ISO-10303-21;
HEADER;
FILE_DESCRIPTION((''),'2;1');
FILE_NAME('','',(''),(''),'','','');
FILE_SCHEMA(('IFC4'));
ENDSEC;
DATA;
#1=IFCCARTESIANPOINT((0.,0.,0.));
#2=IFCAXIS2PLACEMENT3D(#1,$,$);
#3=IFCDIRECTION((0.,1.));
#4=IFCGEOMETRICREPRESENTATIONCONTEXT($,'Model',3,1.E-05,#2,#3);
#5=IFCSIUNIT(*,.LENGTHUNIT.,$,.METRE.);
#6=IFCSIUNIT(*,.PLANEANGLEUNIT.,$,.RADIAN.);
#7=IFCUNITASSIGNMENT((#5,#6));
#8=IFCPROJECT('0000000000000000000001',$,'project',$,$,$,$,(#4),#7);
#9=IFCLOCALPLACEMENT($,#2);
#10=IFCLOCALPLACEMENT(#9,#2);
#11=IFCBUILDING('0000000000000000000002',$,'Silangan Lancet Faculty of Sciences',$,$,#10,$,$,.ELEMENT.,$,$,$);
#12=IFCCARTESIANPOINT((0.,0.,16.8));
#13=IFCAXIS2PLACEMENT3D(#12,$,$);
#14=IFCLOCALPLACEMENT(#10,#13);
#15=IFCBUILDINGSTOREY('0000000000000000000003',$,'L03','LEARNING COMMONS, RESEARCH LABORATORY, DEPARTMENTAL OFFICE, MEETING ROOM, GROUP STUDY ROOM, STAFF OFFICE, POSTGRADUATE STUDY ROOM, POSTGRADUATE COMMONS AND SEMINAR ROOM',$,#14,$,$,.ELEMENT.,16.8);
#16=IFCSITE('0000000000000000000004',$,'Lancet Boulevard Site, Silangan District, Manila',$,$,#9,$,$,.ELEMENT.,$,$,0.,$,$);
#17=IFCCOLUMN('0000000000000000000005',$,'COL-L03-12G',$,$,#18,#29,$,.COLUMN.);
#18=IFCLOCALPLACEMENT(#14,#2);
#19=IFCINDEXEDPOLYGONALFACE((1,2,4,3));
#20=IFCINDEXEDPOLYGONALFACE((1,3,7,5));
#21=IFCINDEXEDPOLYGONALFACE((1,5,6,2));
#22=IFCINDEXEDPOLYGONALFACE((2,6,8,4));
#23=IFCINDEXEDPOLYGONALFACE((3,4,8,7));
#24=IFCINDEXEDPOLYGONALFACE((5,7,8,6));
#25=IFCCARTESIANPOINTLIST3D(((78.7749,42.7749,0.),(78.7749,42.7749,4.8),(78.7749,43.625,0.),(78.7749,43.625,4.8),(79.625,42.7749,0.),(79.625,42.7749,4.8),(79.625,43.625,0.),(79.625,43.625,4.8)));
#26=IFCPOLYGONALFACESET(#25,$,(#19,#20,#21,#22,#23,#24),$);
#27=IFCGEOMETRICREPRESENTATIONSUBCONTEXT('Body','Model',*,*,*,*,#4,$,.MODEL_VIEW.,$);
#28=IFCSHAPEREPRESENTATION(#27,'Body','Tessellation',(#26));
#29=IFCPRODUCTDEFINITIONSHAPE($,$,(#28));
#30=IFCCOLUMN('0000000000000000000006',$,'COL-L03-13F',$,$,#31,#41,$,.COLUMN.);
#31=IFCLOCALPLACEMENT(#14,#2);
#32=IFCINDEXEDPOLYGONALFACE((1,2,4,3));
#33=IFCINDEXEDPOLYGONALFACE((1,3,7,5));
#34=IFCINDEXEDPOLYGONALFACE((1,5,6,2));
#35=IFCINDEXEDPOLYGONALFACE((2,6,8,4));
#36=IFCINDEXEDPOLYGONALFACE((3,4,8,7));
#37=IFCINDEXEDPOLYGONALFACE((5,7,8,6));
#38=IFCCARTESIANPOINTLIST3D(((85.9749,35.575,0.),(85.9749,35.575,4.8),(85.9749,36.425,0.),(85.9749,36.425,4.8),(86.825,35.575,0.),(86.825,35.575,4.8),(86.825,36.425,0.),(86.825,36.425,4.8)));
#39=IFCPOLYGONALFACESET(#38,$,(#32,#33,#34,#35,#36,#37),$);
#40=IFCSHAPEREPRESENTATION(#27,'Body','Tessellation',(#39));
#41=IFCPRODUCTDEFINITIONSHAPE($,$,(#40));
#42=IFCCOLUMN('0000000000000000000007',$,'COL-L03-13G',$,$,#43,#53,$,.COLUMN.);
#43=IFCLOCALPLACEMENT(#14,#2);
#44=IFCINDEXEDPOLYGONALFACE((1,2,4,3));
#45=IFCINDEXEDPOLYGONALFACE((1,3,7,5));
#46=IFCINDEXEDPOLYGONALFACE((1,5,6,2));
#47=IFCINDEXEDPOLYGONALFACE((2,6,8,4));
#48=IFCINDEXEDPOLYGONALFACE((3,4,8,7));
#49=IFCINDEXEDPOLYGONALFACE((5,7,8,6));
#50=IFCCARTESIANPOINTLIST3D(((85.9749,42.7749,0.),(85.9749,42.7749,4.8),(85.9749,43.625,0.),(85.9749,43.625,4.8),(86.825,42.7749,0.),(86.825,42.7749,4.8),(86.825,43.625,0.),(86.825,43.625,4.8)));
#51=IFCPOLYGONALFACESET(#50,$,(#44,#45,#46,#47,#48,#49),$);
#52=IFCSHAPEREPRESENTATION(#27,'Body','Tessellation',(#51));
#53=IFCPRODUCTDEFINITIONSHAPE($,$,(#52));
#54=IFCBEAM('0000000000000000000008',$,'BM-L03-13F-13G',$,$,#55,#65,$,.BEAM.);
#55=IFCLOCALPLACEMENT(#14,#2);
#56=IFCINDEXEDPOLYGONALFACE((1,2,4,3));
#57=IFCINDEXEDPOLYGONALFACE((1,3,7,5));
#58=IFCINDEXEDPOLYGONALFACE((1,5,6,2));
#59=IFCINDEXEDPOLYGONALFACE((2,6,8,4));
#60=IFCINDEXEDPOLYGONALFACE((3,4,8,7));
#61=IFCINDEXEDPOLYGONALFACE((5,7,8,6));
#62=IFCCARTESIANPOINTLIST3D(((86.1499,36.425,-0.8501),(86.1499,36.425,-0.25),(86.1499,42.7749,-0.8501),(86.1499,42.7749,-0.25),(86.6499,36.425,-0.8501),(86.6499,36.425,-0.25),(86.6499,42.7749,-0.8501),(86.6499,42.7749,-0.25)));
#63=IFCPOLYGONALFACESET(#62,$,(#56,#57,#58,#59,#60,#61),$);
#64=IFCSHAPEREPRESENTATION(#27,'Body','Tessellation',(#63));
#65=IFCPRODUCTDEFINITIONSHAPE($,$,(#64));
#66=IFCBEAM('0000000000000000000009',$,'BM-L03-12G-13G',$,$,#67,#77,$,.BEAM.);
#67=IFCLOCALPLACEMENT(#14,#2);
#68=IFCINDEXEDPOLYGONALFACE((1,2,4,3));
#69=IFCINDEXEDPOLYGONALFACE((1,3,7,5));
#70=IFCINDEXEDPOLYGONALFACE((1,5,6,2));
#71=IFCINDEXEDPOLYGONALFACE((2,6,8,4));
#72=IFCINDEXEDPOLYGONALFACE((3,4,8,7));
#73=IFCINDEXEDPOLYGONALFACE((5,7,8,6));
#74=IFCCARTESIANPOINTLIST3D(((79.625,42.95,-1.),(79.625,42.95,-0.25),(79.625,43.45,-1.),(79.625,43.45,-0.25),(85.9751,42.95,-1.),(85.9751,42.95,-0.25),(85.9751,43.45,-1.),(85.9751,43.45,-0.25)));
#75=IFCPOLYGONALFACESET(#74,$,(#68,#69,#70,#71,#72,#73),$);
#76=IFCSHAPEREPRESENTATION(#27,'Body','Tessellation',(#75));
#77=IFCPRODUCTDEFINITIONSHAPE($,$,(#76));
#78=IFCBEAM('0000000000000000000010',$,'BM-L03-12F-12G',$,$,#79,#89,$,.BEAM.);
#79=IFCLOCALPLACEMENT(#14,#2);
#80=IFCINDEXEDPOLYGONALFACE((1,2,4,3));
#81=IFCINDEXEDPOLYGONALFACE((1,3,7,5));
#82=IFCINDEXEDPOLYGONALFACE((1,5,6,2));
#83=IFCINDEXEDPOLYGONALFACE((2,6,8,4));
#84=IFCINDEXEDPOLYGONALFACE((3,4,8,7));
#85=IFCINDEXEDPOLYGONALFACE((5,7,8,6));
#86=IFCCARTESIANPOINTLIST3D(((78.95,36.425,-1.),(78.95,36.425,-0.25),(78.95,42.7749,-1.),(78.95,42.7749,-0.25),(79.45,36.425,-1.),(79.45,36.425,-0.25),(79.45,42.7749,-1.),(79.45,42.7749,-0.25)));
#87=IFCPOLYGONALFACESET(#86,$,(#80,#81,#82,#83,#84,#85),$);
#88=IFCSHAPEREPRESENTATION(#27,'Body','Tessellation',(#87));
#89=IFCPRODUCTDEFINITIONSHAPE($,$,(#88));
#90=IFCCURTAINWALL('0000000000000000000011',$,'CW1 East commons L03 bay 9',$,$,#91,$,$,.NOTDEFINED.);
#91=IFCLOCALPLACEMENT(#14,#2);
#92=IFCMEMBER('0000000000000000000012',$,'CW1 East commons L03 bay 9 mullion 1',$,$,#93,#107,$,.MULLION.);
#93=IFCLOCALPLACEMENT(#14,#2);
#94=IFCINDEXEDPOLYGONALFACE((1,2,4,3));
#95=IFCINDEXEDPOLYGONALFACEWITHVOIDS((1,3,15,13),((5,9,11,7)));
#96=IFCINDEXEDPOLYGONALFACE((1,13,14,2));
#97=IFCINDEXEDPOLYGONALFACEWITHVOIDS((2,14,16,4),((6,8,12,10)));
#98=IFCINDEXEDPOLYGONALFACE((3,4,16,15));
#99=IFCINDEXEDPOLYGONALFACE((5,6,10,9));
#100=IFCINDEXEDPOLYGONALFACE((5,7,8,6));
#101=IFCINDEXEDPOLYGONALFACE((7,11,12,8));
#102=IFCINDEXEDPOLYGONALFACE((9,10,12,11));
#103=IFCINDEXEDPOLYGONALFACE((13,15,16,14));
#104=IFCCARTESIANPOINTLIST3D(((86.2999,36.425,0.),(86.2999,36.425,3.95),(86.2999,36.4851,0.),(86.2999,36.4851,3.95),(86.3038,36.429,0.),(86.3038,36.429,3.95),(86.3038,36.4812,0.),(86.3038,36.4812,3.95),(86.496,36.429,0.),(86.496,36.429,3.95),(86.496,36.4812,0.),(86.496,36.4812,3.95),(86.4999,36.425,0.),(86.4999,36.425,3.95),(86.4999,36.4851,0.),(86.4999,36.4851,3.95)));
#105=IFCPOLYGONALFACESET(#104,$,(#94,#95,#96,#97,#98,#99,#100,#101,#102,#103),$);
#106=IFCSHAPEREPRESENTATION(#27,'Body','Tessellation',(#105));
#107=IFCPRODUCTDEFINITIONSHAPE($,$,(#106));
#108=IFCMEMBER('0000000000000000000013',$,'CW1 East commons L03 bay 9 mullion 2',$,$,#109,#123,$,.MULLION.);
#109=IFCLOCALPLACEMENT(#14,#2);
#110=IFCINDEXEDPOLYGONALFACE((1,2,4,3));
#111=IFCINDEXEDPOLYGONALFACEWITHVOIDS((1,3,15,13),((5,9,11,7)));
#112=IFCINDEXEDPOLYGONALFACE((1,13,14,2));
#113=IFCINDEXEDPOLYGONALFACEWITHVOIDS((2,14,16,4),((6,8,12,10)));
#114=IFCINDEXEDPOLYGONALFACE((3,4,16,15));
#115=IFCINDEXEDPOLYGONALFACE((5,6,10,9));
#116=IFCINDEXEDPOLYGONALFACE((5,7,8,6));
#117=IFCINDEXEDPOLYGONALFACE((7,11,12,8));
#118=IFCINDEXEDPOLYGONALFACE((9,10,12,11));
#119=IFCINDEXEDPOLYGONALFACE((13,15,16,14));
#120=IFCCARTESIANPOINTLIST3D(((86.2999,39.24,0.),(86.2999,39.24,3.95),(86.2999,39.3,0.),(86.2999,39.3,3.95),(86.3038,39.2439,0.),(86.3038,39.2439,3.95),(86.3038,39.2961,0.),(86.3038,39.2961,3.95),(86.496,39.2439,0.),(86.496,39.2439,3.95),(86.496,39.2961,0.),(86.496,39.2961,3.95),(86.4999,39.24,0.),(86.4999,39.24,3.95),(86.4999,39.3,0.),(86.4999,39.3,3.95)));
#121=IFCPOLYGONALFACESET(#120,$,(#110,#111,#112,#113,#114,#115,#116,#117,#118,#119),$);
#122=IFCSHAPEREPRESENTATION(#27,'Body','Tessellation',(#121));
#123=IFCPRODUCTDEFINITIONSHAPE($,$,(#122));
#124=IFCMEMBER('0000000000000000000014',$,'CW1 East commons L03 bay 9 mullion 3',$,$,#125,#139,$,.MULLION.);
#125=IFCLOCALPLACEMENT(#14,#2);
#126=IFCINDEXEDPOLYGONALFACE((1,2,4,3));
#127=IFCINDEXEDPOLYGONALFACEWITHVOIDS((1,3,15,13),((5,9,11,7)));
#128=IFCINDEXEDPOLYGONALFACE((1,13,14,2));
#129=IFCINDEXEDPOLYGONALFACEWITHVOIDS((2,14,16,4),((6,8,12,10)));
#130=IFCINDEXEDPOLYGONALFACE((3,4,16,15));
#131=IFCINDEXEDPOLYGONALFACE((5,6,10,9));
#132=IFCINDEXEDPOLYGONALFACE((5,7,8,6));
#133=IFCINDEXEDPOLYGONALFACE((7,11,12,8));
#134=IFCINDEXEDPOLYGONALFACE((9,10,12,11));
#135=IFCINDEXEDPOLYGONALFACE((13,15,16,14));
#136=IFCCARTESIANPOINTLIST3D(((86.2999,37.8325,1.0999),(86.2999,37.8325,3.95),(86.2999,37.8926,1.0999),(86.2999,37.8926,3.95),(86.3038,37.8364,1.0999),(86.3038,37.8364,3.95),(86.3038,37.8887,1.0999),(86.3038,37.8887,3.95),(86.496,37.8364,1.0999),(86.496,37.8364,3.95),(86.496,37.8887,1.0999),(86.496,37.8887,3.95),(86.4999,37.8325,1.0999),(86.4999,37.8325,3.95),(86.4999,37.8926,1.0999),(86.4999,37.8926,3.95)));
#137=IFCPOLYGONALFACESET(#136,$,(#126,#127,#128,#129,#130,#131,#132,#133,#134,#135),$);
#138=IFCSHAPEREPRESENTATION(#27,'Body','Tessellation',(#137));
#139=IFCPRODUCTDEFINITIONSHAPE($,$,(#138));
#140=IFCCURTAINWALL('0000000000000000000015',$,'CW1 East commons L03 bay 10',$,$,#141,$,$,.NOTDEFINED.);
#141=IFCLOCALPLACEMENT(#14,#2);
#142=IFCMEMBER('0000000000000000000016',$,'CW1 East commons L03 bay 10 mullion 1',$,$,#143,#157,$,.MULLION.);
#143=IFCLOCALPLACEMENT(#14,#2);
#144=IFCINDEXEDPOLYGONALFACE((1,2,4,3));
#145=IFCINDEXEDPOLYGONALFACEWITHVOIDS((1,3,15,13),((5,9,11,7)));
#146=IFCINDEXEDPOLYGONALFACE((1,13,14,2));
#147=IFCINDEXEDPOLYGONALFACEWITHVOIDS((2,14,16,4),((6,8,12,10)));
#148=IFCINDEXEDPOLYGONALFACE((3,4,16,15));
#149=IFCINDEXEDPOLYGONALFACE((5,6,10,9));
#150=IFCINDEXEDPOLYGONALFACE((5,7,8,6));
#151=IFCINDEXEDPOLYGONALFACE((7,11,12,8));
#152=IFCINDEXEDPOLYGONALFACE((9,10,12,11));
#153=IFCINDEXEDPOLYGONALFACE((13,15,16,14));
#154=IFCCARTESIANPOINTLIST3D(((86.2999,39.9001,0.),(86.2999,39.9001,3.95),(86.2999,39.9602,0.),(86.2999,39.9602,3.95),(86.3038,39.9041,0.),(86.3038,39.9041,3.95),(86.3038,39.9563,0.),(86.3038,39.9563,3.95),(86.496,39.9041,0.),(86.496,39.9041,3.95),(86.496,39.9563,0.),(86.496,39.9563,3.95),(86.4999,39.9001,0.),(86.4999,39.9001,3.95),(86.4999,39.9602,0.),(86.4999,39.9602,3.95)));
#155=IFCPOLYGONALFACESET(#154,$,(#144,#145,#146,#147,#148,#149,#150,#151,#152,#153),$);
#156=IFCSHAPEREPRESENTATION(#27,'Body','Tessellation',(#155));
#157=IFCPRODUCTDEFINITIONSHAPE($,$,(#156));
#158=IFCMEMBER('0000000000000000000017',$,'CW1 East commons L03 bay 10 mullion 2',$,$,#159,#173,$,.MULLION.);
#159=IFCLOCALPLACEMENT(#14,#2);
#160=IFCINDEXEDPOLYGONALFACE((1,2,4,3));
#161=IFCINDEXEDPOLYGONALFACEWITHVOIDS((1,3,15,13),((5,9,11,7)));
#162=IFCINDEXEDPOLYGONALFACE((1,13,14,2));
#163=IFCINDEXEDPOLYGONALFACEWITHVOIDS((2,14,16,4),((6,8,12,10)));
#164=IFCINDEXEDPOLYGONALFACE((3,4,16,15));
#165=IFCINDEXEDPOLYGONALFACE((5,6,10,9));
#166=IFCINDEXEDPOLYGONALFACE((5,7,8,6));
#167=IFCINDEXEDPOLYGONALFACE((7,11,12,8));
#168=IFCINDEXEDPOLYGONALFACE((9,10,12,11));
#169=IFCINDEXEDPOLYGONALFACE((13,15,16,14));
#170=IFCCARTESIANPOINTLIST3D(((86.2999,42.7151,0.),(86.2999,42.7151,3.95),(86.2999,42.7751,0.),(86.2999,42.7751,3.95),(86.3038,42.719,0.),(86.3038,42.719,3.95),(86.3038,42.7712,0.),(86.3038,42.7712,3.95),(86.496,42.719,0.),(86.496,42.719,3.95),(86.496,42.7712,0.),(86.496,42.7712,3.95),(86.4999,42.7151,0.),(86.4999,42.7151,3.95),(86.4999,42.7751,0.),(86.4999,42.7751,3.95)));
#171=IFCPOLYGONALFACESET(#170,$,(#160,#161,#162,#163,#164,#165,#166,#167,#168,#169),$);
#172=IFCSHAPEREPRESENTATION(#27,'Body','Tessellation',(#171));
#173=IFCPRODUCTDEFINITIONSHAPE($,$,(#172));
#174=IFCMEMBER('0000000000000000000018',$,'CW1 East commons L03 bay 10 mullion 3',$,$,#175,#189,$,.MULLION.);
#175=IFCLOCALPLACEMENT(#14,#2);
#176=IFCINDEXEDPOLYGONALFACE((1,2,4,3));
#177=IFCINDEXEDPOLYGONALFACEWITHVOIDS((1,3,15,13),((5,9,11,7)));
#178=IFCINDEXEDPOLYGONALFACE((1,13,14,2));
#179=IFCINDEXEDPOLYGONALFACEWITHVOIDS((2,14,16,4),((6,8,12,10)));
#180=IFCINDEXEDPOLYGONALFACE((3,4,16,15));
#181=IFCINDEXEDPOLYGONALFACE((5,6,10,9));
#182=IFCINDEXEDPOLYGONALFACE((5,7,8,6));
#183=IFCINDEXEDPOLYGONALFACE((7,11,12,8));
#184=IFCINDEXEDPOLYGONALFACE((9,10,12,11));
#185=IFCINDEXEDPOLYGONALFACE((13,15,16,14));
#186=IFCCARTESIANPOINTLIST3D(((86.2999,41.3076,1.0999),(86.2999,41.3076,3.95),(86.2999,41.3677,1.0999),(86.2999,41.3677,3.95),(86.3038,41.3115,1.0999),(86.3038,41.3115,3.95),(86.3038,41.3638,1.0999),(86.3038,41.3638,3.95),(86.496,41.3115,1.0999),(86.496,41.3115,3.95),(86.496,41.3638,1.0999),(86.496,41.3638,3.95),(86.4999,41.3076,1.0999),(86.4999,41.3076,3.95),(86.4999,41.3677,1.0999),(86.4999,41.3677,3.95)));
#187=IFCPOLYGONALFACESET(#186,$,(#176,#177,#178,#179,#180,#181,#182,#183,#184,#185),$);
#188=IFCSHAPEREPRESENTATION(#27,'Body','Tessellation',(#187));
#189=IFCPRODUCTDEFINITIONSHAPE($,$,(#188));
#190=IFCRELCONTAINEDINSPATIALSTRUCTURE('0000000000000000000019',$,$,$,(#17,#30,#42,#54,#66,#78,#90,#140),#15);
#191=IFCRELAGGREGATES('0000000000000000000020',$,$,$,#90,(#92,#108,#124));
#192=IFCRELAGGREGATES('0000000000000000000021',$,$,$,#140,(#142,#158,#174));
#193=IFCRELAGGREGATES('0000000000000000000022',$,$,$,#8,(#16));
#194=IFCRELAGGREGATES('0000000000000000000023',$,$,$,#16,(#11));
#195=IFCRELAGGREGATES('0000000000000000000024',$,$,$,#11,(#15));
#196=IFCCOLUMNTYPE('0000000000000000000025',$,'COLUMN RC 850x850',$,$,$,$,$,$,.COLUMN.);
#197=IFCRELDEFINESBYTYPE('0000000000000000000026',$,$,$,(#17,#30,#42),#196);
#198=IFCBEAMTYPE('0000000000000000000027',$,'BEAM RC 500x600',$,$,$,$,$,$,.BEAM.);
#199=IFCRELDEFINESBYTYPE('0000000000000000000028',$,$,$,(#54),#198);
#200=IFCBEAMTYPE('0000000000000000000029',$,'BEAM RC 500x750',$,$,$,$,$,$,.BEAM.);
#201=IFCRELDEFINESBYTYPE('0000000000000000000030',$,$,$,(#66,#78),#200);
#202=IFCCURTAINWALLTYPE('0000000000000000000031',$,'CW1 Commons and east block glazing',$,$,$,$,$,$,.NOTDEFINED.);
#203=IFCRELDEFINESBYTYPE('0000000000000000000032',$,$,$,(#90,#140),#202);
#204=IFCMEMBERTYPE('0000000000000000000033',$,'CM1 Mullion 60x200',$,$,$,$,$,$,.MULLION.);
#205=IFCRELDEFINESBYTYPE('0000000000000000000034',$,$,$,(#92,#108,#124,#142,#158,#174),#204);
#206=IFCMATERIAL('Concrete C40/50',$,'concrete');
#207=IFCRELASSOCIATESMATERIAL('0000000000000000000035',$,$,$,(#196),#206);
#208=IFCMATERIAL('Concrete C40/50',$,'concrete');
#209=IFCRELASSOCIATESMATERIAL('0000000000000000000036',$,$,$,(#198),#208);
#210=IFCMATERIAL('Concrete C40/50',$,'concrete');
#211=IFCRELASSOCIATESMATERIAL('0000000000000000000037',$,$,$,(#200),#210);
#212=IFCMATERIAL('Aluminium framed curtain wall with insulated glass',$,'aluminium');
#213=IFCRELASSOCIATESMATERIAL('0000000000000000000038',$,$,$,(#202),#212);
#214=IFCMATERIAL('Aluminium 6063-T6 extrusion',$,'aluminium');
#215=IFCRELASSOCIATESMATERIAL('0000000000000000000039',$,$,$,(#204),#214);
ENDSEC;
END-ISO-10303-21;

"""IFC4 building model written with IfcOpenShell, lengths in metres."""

from ifc_helpers import new_model, si_unit, direction, frame, origin, origin_2d, place, context, subcontext, project, spatial, rectangle, hollow_rectangle, extrude, material, material_profile, profile_set, type_object, element, aggregate, save


model = new_model("IFC4")

# Units and contexts
model_context = context("Model", 3, precision=1e-05, world=origin(), true_north=direction((0.0, 1.0)))
body_context = subcontext(model_context, "Body", "Model", "MODEL_VIEW")
ifc_project = project(units=[si_unit("LENGTHUNIT", "METRE"), si_unit("PLANEANGLEUNIT", "RADIAN")], contexts=[model_context])

# Site, building, storey
site_placement = place(None, origin())
site = spatial("IfcSite", under=ifc_project, at=site_placement, Name="Lancet Boulevard Site, Silangan District, Manila", CompositionType="ELEMENT", RefElevation=0.0)
building_placement = place(site_placement, origin())
building = spatial("IfcBuilding", under=site, at=building_placement, Name="Silangan Lancet Faculty of Sciences", CompositionType="ELEMENT")
storey_placement = place(building_placement, frame((0.0, 0.0, 16.8)))
storey = spatial("IfcBuildingStorey", under=building, at=storey_placement, Name="L03", Description="LEARNING COMMONS, RESEARCH LABORATORY, DEPARTMENTAL OFFICE, MEETING ROOM, GROUP STUDY ROOM, STAFF OFFICE, POSTGRADUATE STUDY ROOM, POSTGRADUATE COMMONS AND SEMINAR ROOM", CompositionType="ELEMENT", Elevation=16.8)

# Columns
ifc_material_1 = material(Name="Concrete C40/50", Category="concrete")
ifc_material_profile_1 = material_profile(ifc_material_1, rectangle(XDim=0.8501, YDim=0.8501, at=origin_2d()), Name="RC 850x850")
ifc_profile_set_1 = profile_set([ifc_material_profile_1], Name="Concrete C40/50")
column_type = type_object("IfcColumnType", Name="COLUMN RC 850x850", PredefinedType="COLUMN", material=ifc_profile_set_1)
for number, where, z_axis, x_axis, name in (
    (1, (79.2, 43.2, 0.0), (0.0, 0.0, 1.0), (1.0, 0.0, 0.0), "COL-L03-12G"),
    (2, (86.3999, 36.0, 0.0), (0.0, 0.0, 1.0), (1.0, 0.0, 0.0), "COL-L03-13F"),
    (3, (86.3999, 43.2, 0.0), (0.0, 0.0, 1.0), (1.0, 0.0, 0.0), "COL-L03-13G"),
):
    element("IfcColumn", number, at=place(storey_placement, frame(where, z_axis=z_axis, x_axis=x_axis)), inside=storey, type_object=column_type, Name=name, PredefinedType="COLUMN", context=body_context, shape_type="SweptSolid", body=[
        extrude(rectangle(XDim=0.8501, YDim=0.8501, at=origin_2d()), origin(), (0.0, 0.0, 1.0), 4.8),
    ])

# Beams
ifc_material_2 = material(Name="Concrete C40/50", Category="concrete")
ifc_material_profile_2 = material_profile(ifc_material_2, rectangle(XDim=0.5, YDim=0.6001, at=origin_2d()), Name="RC 500x600")
ifc_profile_set_2 = profile_set([ifc_material_profile_2], Name="Concrete C40/50")
beam_type_1 = type_object("IfcBeamType", Name="BEAM RC 500x600", PredefinedType="BEAM", material=ifc_profile_set_2)
beam_1_placement = place(storey_placement, frame((86.3999, 36.425, -0.55), z_axis=(0.0, 1.0, 0.0), x_axis=(-1.0, 0.0, 0.0)))
element("IfcBeam", 4, at=beam_1_placement, inside=storey, type_object=beam_type_1, Name="BM-L03-13F-13G", PredefinedType="BEAM", context=body_context, shape_type="SweptSolid", body=[
    extrude(rectangle(XDim=0.5, YDim=0.6001, at=origin_2d()), origin(), (0.0, 0.0, 1.0), 6.3499),
])
ifc_material_3 = material(Name="Concrete C40/50", Category="concrete")
ifc_material_profile_3 = material_profile(ifc_material_3, rectangle(XDim=0.5, YDim=0.75, at=origin_2d()), Name="RC 500x750")
ifc_profile_set_3 = profile_set([ifc_material_profile_3], Name="Concrete C40/50")
beam_type_2 = type_object("IfcBeamType", Name="BEAM RC 500x750", PredefinedType="BEAM", material=ifc_profile_set_3)
beam_2_placement = place(storey_placement, frame((79.625, 43.2, -0.625), z_axis=(1.0, 0.0, 0.0), x_axis=(0.0, 1.0, 0.0)))
element("IfcBeam", 5, at=beam_2_placement, inside=storey, type_object=beam_type_2, Name="BM-L03-12G-13G", PredefinedType="BEAM", context=body_context, shape_type="SweptSolid", body=[
    extrude(rectangle(XDim=0.5, YDim=0.75, at=origin_2d()), origin(), (0.0, 0.0, 1.0), 6.3501),
])
beam_3_placement = place(storey_placement, frame((79.2, 36.425, -0.625), z_axis=(0.0, 1.0, 0.0), x_axis=(-1.0, 0.0, 0.0)))
element("IfcBeam", 6, at=beam_3_placement, inside=storey, type_object=beam_type_2, Name="BM-L03-12F-12G", PredefinedType="BEAM", context=body_context, shape_type="SweptSolid", body=[
    extrude(rectangle(XDim=0.5, YDim=0.75, at=origin_2d()), origin(), (0.0, 0.0, 1.0), 6.3499),
])

# Curtain walls, members
ifc_material_4 = material(Name="Aluminium framed curtain wall with insulated glass", Category="aluminium")
curtain_wall_type = type_object("IfcCurtainWallType", Name="CW1 Commons and east block glazing", PredefinedType="NOTDEFINED", material=ifc_material_4)
curtain_wall_1_placement = place(storey_placement, origin())
curtain_wall_1 = element("IfcCurtainWall", 7, at=curtain_wall_1_placement, inside=storey, type_object=curtain_wall_type, Name="CW1 East commons L03 bay 9", PredefinedType="NOTDEFINED")
ifc_material_5 = material(Name="Aluminium 6063-T6 extrusion", Category="aluminium")
ifc_material_profile_4 = material_profile(ifc_material_5, hollow_rectangle(XDim=0.0601, YDim=0.2, WallThickness=0.0039, at=origin_2d()), Name="AL BOX 60x200x4")
ifc_profile_set_4 = profile_set([ifc_material_profile_4], Name="Aluminium 6063-T6 extrusion")
member_type_1 = type_object("IfcMemberType", Name="CM1 Mullion 60x200", PredefinedType="MULLION", material=ifc_profile_set_4)
member_1_placement = place(storey_placement, frame((86.3999, 36.4551, 0.0), z_axis=(0.0, 0.0, 1.0), x_axis=(0.0, 1.0, 0.0)))
member_1 = element("IfcMember", 8, at=member_1_placement, type_object=member_type_1, Name="CW1 East commons L03 bay 9 mullion 1", PredefinedType="MULLION", context=body_context, shape_type="SweptSolid", body=[
    extrude(hollow_rectangle(XDim=0.0601, YDim=0.2, WallThickness=0.0039, at=origin_2d()), origin(), (0.0, 0.0, 1.0), 3.95),
])
member_2_placement = place(storey_placement, frame((86.3999, 39.27, 0.0), z_axis=(0.0, 0.0, 1.0), x_axis=(0.0, 1.0, 0.0)))
member_2 = element("IfcMember", 9, at=member_2_placement, type_object=member_type_1, Name="CW1 East commons L03 bay 9 mullion 2", PredefinedType="MULLION", context=body_context, shape_type="SweptSolid", body=[
    extrude(hollow_rectangle(XDim=0.0601, YDim=0.2, WallThickness=0.0039, at=origin_2d()), origin(), (0.0, 0.0, 1.0), 3.95),
])
member_3_placement = place(storey_placement, frame((86.3999, 37.8625, 1.0999), z_axis=(0.0, 0.0, 1.0), x_axis=(0.0, 1.0, 0.0)))
member_3 = element("IfcMember", 10, at=member_3_placement, type_object=member_type_1, Name="CW1 East commons L03 bay 9 mullion 3", PredefinedType="MULLION", context=body_context, shape_type="SweptSolid", body=[
    extrude(hollow_rectangle(XDim=0.0601, YDim=0.2, WallThickness=0.0039, at=origin_2d()), origin(), (0.0, 0.0, 1.0), 2.8501),
])
curtain_wall_2_placement = place(storey_placement, origin())
curtain_wall_2 = element("IfcCurtainWall", 11, at=curtain_wall_2_placement, inside=storey, type_object=curtain_wall_type, Name="CW1 East commons L03 bay 10", PredefinedType="NOTDEFINED")
member_4_placement = place(storey_placement, frame((86.3999, 39.9302, 0.0), z_axis=(0.0, 0.0, 1.0), x_axis=(0.0, 1.0, 0.0)))
member_4 = element("IfcMember", 12, at=member_4_placement, type_object=member_type_1, Name="CW1 East commons L03 bay 10 mullion 1", PredefinedType="MULLION", context=body_context, shape_type="SweptSolid", body=[
    extrude(hollow_rectangle(XDim=0.0601, YDim=0.2, WallThickness=0.0039, at=origin_2d()), origin(), (0.0, 0.0, 1.0), 3.95),
])
member_5_placement = place(storey_placement, frame((86.3999, 42.7451, 0.0), z_axis=(0.0, 0.0, 1.0), x_axis=(0.0, 1.0, 0.0)))
member_5 = element("IfcMember", 13, at=member_5_placement, type_object=member_type_1, Name="CW1 East commons L03 bay 10 mullion 2", PredefinedType="MULLION", context=body_context, shape_type="SweptSolid", body=[
    extrude(hollow_rectangle(XDim=0.0601, YDim=0.2, WallThickness=0.0039, at=origin_2d()), origin(), (0.0, 0.0, 1.0), 3.95),
])
member_6_placement = place(storey_placement, frame((86.3999, 41.3376, 1.0999), z_axis=(0.0, 0.0, 1.0), x_axis=(0.0, 1.0, 0.0)))
member_6 = element("IfcMember", 14, at=member_6_placement, type_object=member_type_1, Name="CW1 East commons L03 bay 10 mullion 3", PredefinedType="MULLION", context=body_context, shape_type="SweptSolid", body=[
    extrude(hollow_rectangle(XDim=0.0601, YDim=0.2, WallThickness=0.0039, at=origin_2d()), origin(), (0.0, 0.0, 1.0), 2.8501),
])

aggregate(curtain_wall_1, [member_1, member_2, member_3])
aggregate(curtain_wall_2, [member_4, member_5, member_6])

save(model, "model.ifc")
